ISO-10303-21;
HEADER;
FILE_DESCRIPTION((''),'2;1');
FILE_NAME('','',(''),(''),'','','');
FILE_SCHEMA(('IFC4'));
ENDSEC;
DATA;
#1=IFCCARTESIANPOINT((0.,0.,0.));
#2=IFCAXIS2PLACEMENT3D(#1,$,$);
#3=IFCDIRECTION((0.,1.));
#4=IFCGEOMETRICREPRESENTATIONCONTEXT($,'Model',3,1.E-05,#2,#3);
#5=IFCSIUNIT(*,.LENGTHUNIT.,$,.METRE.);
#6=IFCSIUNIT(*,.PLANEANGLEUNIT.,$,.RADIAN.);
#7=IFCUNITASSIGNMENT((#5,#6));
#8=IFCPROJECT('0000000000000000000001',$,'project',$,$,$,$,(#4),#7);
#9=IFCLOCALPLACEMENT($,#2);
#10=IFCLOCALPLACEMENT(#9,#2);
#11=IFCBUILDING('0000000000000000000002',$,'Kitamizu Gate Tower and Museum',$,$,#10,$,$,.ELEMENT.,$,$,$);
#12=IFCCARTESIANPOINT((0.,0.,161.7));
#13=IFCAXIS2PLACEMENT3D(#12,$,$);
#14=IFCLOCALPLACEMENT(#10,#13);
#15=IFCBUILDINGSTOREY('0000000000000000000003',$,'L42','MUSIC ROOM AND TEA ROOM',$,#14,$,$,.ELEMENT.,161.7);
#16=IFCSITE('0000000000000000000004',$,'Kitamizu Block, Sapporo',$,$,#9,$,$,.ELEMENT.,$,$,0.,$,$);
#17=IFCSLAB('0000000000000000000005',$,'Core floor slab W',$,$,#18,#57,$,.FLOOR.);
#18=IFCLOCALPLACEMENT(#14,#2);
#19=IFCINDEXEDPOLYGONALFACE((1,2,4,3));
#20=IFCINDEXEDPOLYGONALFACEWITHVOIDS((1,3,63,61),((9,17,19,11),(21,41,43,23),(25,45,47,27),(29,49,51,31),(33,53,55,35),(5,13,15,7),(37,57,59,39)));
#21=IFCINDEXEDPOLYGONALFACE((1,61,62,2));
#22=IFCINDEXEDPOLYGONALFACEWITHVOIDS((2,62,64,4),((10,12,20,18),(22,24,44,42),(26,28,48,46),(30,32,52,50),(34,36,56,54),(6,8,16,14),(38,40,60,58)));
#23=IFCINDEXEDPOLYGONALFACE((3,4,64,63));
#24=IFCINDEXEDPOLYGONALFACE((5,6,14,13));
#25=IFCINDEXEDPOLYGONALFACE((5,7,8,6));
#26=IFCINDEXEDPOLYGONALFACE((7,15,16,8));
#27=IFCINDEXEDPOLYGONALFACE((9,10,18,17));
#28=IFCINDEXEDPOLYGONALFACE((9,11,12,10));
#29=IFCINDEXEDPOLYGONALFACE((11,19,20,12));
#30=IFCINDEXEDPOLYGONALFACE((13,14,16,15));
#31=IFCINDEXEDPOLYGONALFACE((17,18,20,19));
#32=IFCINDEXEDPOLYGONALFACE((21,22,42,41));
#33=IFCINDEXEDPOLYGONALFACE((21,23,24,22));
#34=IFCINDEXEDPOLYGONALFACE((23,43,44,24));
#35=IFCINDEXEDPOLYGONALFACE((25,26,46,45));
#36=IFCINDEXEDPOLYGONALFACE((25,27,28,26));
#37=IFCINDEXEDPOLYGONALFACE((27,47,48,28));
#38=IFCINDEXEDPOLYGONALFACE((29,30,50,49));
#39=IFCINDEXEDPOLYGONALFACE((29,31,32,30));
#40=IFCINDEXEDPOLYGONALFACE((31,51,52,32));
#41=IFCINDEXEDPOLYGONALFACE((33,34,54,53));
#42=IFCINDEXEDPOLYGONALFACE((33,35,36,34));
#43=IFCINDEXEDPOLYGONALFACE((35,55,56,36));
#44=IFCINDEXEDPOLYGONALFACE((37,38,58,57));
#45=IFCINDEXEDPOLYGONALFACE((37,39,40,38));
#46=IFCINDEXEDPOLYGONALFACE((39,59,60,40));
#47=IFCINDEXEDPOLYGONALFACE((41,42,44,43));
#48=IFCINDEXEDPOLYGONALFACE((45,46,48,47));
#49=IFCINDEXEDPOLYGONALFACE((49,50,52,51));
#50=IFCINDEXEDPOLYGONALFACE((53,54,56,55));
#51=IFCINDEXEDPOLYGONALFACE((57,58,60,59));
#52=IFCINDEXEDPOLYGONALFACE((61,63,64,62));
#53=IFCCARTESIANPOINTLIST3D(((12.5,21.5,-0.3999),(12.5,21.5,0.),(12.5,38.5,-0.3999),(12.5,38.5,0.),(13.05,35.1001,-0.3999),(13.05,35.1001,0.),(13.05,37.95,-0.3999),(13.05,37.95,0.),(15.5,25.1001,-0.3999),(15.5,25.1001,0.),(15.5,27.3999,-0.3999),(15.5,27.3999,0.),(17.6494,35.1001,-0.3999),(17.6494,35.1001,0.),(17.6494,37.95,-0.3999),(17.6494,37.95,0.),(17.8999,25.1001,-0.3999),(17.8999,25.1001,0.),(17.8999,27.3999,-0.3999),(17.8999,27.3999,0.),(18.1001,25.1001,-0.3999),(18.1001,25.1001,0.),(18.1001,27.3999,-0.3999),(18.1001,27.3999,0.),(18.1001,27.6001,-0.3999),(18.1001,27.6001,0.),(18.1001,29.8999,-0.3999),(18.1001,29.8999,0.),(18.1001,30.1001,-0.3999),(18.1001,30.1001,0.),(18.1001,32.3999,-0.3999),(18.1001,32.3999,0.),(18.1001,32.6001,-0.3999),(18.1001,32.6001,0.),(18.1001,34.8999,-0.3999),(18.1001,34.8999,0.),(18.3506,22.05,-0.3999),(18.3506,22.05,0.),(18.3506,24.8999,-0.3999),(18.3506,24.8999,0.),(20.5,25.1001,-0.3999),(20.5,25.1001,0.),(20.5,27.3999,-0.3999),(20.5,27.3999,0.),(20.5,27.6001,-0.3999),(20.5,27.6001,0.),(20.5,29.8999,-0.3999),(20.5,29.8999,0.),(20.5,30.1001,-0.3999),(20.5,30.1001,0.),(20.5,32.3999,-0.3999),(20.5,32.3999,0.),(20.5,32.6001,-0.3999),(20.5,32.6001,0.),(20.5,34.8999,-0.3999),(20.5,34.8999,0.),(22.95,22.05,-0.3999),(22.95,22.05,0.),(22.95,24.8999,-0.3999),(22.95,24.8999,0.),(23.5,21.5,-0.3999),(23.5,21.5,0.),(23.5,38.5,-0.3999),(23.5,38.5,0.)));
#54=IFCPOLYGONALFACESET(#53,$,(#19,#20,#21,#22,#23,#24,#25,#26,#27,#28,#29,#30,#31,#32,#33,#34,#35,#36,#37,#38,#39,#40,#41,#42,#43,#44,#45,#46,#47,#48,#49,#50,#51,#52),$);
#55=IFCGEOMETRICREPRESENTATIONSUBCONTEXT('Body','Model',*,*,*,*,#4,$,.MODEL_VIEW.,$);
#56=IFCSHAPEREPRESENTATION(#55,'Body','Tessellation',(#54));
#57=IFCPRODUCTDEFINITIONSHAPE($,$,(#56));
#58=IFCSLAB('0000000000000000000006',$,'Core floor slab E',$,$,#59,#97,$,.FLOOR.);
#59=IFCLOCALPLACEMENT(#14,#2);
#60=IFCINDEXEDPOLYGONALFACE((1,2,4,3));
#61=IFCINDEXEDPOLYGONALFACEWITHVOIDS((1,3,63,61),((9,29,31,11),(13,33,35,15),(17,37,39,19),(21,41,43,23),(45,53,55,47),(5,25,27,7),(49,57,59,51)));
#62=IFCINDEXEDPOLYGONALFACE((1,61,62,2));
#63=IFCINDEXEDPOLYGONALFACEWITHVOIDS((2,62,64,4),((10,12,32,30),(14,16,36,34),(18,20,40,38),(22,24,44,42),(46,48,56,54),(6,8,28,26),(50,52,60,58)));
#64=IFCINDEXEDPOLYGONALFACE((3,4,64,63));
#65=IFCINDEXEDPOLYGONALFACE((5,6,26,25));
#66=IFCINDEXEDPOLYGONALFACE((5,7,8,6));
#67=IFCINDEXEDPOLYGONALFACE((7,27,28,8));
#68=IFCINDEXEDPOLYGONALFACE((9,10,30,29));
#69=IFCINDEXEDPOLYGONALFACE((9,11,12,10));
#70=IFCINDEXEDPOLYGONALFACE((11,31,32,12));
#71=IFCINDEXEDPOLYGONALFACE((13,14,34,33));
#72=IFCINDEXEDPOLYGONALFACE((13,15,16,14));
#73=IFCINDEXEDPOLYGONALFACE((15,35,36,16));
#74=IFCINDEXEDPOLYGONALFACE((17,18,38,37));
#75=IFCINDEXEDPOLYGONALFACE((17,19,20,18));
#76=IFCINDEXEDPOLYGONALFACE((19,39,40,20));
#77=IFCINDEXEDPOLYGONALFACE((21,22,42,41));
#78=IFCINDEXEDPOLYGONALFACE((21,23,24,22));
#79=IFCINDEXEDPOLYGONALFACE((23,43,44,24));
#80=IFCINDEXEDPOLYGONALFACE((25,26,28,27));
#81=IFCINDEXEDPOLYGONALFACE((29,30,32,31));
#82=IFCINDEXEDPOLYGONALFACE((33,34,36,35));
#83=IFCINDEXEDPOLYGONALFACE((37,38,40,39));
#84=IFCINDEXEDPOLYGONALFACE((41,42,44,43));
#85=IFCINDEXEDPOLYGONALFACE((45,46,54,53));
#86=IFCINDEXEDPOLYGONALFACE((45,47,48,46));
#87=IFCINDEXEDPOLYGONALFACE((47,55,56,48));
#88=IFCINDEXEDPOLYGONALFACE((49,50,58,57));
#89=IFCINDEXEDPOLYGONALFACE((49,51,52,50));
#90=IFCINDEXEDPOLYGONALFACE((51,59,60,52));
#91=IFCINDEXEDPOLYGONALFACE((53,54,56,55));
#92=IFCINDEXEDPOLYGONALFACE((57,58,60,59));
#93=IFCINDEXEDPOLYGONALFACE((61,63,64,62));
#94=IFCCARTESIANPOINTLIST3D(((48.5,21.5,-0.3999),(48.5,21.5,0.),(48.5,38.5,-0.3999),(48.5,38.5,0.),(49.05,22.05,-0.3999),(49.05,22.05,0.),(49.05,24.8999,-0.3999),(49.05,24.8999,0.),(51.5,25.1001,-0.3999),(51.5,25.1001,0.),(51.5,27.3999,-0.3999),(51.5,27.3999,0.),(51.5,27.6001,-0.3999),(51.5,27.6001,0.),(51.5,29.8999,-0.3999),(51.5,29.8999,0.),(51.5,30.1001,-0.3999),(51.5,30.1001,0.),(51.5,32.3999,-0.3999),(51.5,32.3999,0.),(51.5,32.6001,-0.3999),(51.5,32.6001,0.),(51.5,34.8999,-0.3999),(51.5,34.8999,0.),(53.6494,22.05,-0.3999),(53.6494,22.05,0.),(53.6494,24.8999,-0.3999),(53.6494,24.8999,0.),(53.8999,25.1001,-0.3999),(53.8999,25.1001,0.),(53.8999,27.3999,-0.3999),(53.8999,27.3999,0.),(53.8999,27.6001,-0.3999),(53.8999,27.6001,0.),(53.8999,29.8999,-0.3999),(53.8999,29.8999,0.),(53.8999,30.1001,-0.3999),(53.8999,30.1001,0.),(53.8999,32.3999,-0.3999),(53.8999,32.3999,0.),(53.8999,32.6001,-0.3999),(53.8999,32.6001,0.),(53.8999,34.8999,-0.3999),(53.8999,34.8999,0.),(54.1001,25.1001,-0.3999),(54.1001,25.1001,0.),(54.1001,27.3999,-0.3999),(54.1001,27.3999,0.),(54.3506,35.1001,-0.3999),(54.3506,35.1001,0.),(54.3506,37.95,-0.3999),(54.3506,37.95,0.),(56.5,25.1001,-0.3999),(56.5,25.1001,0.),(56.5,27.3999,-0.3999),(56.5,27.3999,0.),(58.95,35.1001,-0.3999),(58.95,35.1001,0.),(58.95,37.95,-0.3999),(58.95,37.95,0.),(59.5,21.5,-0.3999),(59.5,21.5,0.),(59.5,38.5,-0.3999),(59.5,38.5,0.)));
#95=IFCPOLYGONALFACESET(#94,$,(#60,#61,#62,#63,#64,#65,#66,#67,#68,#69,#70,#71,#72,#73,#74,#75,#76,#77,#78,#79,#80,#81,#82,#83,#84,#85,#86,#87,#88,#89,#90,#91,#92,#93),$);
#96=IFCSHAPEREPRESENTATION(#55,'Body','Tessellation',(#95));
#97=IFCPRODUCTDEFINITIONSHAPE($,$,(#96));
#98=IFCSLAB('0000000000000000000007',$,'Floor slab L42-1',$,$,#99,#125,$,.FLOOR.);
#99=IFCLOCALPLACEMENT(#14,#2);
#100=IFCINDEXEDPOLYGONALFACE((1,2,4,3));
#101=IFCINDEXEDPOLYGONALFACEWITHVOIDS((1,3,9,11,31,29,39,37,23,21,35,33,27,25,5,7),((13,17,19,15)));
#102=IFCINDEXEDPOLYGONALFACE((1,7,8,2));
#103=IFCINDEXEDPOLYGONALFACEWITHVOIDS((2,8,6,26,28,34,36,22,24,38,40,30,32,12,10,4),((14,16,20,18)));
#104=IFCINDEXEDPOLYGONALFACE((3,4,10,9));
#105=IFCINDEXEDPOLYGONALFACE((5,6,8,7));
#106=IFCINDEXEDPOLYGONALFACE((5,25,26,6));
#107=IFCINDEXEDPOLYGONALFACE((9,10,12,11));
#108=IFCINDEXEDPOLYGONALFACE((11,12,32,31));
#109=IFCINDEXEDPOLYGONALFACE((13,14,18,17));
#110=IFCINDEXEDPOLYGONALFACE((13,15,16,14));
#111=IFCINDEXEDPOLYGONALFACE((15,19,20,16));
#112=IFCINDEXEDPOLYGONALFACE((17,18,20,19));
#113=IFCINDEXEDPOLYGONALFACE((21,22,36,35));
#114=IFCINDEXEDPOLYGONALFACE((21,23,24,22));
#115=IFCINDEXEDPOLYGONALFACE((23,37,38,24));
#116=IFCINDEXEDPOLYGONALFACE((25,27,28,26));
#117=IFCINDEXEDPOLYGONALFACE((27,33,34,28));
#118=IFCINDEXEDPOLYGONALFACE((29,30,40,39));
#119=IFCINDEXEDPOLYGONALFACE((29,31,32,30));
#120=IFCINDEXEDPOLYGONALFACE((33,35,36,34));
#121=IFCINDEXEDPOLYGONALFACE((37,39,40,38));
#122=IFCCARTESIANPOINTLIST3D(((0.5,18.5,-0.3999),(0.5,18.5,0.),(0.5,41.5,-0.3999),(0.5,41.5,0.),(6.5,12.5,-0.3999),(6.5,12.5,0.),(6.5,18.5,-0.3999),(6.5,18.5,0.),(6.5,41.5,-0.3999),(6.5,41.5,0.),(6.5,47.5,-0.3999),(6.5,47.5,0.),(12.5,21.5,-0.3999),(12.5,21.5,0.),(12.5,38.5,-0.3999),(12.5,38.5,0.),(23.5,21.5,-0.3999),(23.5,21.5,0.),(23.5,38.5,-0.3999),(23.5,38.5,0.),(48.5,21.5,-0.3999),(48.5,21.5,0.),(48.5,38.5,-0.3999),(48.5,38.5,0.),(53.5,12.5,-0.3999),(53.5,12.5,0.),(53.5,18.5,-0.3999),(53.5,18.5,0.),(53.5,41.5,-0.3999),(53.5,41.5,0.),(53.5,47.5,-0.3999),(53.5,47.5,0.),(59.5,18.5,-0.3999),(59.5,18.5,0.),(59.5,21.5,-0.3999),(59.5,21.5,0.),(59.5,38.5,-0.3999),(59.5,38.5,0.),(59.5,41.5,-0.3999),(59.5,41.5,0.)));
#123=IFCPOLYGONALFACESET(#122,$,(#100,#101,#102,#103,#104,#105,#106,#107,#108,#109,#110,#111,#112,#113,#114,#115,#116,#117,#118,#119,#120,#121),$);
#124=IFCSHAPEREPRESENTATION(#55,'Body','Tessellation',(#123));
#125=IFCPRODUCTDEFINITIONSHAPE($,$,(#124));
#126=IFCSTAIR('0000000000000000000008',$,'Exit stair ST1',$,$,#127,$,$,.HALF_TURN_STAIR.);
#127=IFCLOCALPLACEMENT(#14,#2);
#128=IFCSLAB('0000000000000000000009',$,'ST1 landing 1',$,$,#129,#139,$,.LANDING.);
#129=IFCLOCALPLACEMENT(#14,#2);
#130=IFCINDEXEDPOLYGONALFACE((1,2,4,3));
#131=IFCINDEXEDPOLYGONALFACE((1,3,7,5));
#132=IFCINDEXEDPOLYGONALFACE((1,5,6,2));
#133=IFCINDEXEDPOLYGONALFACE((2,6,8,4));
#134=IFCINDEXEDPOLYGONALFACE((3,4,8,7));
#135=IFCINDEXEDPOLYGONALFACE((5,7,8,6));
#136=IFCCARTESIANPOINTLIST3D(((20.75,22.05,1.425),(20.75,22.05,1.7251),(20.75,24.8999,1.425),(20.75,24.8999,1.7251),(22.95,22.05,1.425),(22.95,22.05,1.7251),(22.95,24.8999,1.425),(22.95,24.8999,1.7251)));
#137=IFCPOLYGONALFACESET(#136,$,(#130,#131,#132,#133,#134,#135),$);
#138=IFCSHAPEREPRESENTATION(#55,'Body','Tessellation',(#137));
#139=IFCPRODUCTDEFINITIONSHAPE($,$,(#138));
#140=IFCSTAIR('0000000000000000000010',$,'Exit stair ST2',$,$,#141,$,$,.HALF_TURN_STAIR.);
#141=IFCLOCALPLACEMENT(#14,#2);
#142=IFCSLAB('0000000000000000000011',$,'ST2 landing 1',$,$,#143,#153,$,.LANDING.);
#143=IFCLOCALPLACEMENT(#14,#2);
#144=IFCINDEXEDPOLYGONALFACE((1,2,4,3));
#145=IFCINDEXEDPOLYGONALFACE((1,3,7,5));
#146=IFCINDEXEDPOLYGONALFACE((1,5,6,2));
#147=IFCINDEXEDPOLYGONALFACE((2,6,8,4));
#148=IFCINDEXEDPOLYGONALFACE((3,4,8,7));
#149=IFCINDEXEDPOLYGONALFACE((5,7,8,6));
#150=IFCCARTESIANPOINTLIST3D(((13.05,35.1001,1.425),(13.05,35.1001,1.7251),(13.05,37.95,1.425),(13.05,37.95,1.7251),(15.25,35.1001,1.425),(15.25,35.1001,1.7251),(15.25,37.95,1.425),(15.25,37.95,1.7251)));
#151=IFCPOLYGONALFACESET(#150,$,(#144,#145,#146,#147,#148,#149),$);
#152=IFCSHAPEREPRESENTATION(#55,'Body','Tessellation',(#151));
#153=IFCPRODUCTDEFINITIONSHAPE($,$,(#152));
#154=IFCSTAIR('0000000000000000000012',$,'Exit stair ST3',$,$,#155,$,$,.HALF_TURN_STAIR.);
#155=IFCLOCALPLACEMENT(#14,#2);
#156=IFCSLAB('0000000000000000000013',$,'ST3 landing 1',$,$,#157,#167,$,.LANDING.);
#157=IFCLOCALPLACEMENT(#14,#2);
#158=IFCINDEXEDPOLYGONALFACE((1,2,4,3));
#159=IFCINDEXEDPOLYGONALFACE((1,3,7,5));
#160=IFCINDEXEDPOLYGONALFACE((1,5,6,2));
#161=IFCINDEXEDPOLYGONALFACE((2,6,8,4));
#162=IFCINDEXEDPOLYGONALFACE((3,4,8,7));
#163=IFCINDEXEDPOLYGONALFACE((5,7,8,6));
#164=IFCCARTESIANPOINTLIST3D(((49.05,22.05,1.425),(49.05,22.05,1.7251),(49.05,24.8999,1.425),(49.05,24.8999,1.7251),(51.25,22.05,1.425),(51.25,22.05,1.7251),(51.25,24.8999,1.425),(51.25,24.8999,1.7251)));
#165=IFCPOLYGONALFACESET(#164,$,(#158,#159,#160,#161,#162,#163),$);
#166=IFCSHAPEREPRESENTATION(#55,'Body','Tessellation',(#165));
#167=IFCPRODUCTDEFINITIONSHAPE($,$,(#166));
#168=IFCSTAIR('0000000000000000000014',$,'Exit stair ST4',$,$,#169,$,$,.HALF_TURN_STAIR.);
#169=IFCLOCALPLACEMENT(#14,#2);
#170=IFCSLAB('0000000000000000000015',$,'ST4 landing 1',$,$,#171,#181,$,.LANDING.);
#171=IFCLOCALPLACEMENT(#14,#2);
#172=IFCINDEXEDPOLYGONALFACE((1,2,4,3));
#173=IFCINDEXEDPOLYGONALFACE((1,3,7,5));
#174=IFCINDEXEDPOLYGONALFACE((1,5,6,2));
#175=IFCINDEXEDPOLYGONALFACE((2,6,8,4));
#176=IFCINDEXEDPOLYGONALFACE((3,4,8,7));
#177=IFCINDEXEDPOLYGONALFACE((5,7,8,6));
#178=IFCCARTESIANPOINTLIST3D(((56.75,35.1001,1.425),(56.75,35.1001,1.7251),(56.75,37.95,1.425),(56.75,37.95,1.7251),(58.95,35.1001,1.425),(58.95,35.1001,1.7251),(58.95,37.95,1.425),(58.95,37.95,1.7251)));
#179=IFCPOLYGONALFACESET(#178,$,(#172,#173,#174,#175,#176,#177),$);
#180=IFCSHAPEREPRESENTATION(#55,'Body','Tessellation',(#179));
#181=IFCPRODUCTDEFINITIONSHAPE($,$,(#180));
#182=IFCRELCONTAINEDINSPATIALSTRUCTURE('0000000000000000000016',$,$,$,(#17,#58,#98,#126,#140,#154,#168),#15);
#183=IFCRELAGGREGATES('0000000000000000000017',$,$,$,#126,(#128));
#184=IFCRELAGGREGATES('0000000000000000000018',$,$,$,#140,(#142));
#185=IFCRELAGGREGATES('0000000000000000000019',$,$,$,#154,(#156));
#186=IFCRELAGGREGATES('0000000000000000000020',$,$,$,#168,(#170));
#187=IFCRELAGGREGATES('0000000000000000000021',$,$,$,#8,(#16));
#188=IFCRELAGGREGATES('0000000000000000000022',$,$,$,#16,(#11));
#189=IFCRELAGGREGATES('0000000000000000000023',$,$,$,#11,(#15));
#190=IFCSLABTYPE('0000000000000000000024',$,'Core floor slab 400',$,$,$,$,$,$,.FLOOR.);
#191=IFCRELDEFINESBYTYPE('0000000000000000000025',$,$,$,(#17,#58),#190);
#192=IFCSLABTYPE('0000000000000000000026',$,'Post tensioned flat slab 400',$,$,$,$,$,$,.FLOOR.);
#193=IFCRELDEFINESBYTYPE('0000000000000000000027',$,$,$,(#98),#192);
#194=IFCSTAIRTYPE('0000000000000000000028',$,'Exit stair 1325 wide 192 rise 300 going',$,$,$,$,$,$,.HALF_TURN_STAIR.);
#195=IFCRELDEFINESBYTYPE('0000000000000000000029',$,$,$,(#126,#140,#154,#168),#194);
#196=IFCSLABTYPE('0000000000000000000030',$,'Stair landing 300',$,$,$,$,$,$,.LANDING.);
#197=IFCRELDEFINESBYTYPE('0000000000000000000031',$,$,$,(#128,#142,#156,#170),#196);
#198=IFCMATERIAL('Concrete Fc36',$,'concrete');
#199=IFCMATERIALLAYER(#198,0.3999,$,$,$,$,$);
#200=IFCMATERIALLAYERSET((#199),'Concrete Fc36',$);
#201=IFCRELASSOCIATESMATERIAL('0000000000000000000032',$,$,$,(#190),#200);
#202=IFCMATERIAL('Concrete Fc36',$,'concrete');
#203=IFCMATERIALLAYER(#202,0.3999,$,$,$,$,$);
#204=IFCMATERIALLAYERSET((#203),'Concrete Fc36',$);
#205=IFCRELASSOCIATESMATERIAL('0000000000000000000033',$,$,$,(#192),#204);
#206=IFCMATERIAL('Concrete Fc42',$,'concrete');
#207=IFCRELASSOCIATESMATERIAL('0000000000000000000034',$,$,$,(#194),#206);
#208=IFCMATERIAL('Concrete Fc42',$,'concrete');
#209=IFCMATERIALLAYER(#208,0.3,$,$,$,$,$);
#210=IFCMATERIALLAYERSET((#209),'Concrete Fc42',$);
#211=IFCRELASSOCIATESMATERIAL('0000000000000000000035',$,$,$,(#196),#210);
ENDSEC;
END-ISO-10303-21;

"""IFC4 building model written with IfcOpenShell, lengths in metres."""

from ifc_helpers import new_model, si_unit, direction, frame, origin, place, context, subcontext, project, spatial, polyline, outline, extrude, material, layer, layer_set, type_object, element, aggregate, save


model = new_model("IFC4")

# Units and contexts
model_context = context("Model", 3, precision=1e-05, world=origin(), true_north=direction((0.0, 1.0)))
body_context = subcontext(model_context, "Body", "Model", "MODEL_VIEW")
ifc_project = project(units=[si_unit("LENGTHUNIT", "METRE"), si_unit("PLANEANGLEUNIT", "RADIAN")], contexts=[model_context])

# Site, building, storey
site_placement = place(None, origin())
site = spatial("IfcSite", under=ifc_project, at=site_placement, Name="Kitamizu Block, Sapporo", CompositionType="ELEMENT", RefElevation=0.0)
building_placement = place(site_placement, origin())
building = spatial("IfcBuilding", under=site, at=building_placement, Name="Kitamizu Gate Tower and Museum", CompositionType="ELEMENT")
storey_placement = place(building_placement, frame((0.0, 0.0, 161.7)))
storey = spatial("IfcBuildingStorey", under=building, at=storey_placement, Name="L42", Description="MUSIC ROOM AND TEA ROOM", CompositionType="ELEMENT", Elevation=161.7)

# Slabs
ifc_material_1 = material(Name="Concrete Fc36", Category="concrete")
ifc_layer_1 = layer(ifc_material_1, 0.3999)
ifc_layer_set_1 = layer_set([ifc_layer_1], Name="Concrete Fc36")
slab_type_1 = type_object("IfcSlabType", Name="Core floor slab 400", PredefinedType="FLOOR", material=ifc_layer_set_1)
slab_1_placement = place(storey_placement, frame((0.0, 0.0, -0.3999)))
element("IfcSlab", 1, at=slab_1_placement, inside=storey, type_object=slab_type_1, Name="Core floor slab W", PredefinedType="FLOOR", context=body_context, shape_type="SweptSolid", body=[
    extrude(outline(polyline([(12.5, 21.5), (23.5, 21.5), (23.5, 38.5), (12.5, 38.5), (12.5, 21.5)]), holes=[polyline([(15.5, 25.1001), (17.8999, 25.1001), (17.8999, 27.3999), (15.5, 27.3999), (15.5, 25.1001)]), polyline([(18.1001, 25.1001), (20.5, 25.1001), (20.5, 27.3999), (18.1001, 27.3999), (18.1001, 25.1001)]), polyline([(18.1001, 27.6001), (20.5, 27.6001), (20.5, 29.8999), (18.1001, 29.8999), (18.1001, 27.6001)]), polyline([(18.1001, 30.1001), (20.5, 30.1001), (20.5, 32.3999), (18.1001, 32.3999), (18.1001, 30.1001)]), polyline([(18.1001, 32.6001), (20.5, 32.6001), (20.5, 34.8999), (18.1001, 34.8999), (18.1001, 32.6001)]), polyline([(18.3506, 22.05), (22.95, 22.05), (22.95, 24.8999), (18.3506, 24.8999), (18.3506, 22.05)]), polyline([(13.05, 35.1001), (17.6494, 35.1001), (17.6494, 37.95), (13.05, 37.95), (13.05, 35.1001)])]), origin(), (0.0, 0.0, 1.0), 0.3999),
])
slab_2_placement = place(storey_placement, frame((0.0, 0.0, -0.3999)))
element("IfcSlab", 2, at=slab_2_placement, inside=storey, type_object=slab_type_1, Name="Core floor slab E", PredefinedType="FLOOR", context=body_context, shape_type="SweptSolid", body=[
    extrude(outline(polyline([(48.5, 21.5), (59.5, 21.5), (59.5, 38.5), (48.5, 38.5), (48.5, 21.5)]), holes=[polyline([(54.1001, 25.1001), (56.5, 25.1001), (56.5, 27.3999), (54.1001, 27.3999), (54.1001, 25.1001)]), polyline([(51.5, 25.1001), (53.8999, 25.1001), (53.8999, 27.3999), (51.5, 27.3999), (51.5, 25.1001)]), polyline([(51.5, 27.6001), (53.8999, 27.6001), (53.8999, 29.8999), (51.5, 29.8999), (51.5, 27.6001)]), polyline([(51.5, 30.1001), (53.8999, 30.1001), (53.8999, 32.3999), (51.5, 32.3999), (51.5, 30.1001)]), polyline([(51.5, 32.6001), (53.8999, 32.6001), (53.8999, 34.8999), (51.5, 34.8999), (51.5, 32.6001)]), polyline([(49.05, 22.05), (53.6494, 22.05), (53.6494, 24.8999), (49.05, 24.8999), (49.05, 22.05)]), polyline([(54.3506, 35.1001), (58.95, 35.1001), (58.95, 37.95), (54.3506, 37.95), (54.3506, 35.1001)])]), origin(), (0.0, 0.0, 1.0), 0.3999),
])
ifc_material_2 = material(Name="Concrete Fc36", Category="concrete")
ifc_layer_2 = layer(ifc_material_2, 0.3999)
ifc_layer_set_2 = layer_set([ifc_layer_2], Name="Concrete Fc36")
slab_type_2 = type_object("IfcSlabType", Name="Post tensioned flat slab 400", PredefinedType="FLOOR", material=ifc_layer_set_2)
slab_3_placement = place(storey_placement, frame((0.0, 0.0, -0.3999)))
element("IfcSlab", 3, at=slab_3_placement, inside=storey, type_object=slab_type_2, Name="Floor slab L42-1", PredefinedType="FLOOR", context=body_context, shape_type="SweptSolid", body=[
    extrude(outline(polyline([(0.5, 18.5), (0.5, 41.5), (6.5, 41.5), (6.5, 47.5), (53.5, 47.5), (53.5, 41.5), (59.5, 41.5), (59.5, 38.5), (48.5, 38.5), (48.5, 21.5), (59.5, 21.5), (59.5, 18.5), (53.5, 18.5), (53.5, 12.5), (6.5, 12.5), (6.5, 18.5), (0.5, 18.5)]), holes=[polyline([(12.5, 38.5), (12.5, 21.5), (23.5, 21.5), (23.5, 38.5), (12.5, 38.5)])]), origin(), (0.0, 0.0, 1.0), 0.3999),
])

# Stairs, slabs
ifc_material_3 = material(Name="Concrete Fc42", Category="concrete")
stair_type = type_object("IfcStairType", Name="Exit stair 1325 wide 192 rise 300 going", PredefinedType="HALF_TURN_STAIR", material=ifc_material_3)
stair_1_placement = place(storey_placement, origin())
stair_1 = element("IfcStair", 4, at=stair_1_placement, inside=storey, type_object=stair_type, Name="Exit stair ST1", PredefinedType="HALF_TURN_STAIR")
ifc_material_4 = material(Name="Concrete Fc42", Category="concrete")
ifc_layer_3 = layer(ifc_material_4, 0.3)
ifc_layer_set_3 = layer_set([ifc_layer_3], Name="Concrete Fc42")
slab_type_3 = type_object("IfcSlabType", Name="Stair landing 300", PredefinedType="LANDING", material=ifc_layer_set_3)
slab_4_placement = place(storey_placement, frame((0.0, 0.0, 1.425)))
slab_4 = element("IfcSlab", 5, at=slab_4_placement, type_object=slab_type_3, Name="ST1 landing 1", PredefinedType="LANDING", context=body_context, shape_type="SweptSolid", body=[
    extrude(outline(polyline([(20.75, 22.05), (22.95, 22.05), (22.95, 24.8999), (20.75, 24.8999), (20.75, 22.05)])), origin(), (0.0, 0.0, 1.0), 0.3),
])
aggregate(stair_1, [slab_4])
stair_2_placement = place(storey_placement, origin())
stair_2 = element("IfcStair", 6, at=stair_2_placement, inside=storey, type_object=stair_type, Name="Exit stair ST2", PredefinedType="HALF_TURN_STAIR")
slab_5_placement = place(storey_placement, frame((0.0, 0.0, 1.425)))
slab_5 = element("IfcSlab", 7, at=slab_5_placement, type_object=slab_type_3, Name="ST2 landing 1", PredefinedType="LANDING", context=body_context, shape_type="SweptSolid", body=[
    extrude(outline(polyline([(13.05, 35.1001), (15.25, 35.1001), (15.25, 37.95), (13.05, 37.95), (13.05, 35.1001)])), origin(), (0.0, 0.0, 1.0), 0.3),
])
aggregate(stair_2, [slab_5])
stair_3_placement = place(storey_placement, origin())
stair_3 = element("IfcStair", 8, at=stair_3_placement, inside=storey, type_object=stair_type, Name="Exit stair ST3", PredefinedType="HALF_TURN_STAIR")
slab_6_placement = place(storey_placement, frame((0.0, 0.0, 1.425)))
slab_6 = element("IfcSlab", 9, at=slab_6_placement, type_object=slab_type_3, Name="ST3 landing 1", PredefinedType="LANDING", context=body_context, shape_type="SweptSolid", body=[
    extrude(outline(polyline([(49.05, 22.05), (51.25, 22.05), (51.25, 24.8999), (49.05, 24.8999), (49.05, 22.05)])), origin(), (0.0, 0.0, 1.0), 0.3),
])
aggregate(stair_3, [slab_6])
stair_4_placement = place(storey_placement, origin())
stair_4 = element("IfcStair", 10, at=stair_4_placement, inside=storey, type_object=stair_type, Name="Exit stair ST4", PredefinedType="HALF_TURN_STAIR")
slab_7_placement = place(storey_placement, frame((0.0, 0.0, 1.425)))
slab_7 = element("IfcSlab", 11, at=slab_7_placement, type_object=slab_type_3, Name="ST4 landing 1", PredefinedType="LANDING", context=body_context, shape_type="SweptSolid", body=[
    extrude(outline(polyline([(56.75, 35.1001), (58.95, 35.1001), (58.95, 37.95), (56.75, 37.95), (56.75, 35.1001)])), origin(), (0.0, 0.0, 1.0), 0.3),
])
aggregate(stair_4, [slab_7])

save(model, "model.ifc")
